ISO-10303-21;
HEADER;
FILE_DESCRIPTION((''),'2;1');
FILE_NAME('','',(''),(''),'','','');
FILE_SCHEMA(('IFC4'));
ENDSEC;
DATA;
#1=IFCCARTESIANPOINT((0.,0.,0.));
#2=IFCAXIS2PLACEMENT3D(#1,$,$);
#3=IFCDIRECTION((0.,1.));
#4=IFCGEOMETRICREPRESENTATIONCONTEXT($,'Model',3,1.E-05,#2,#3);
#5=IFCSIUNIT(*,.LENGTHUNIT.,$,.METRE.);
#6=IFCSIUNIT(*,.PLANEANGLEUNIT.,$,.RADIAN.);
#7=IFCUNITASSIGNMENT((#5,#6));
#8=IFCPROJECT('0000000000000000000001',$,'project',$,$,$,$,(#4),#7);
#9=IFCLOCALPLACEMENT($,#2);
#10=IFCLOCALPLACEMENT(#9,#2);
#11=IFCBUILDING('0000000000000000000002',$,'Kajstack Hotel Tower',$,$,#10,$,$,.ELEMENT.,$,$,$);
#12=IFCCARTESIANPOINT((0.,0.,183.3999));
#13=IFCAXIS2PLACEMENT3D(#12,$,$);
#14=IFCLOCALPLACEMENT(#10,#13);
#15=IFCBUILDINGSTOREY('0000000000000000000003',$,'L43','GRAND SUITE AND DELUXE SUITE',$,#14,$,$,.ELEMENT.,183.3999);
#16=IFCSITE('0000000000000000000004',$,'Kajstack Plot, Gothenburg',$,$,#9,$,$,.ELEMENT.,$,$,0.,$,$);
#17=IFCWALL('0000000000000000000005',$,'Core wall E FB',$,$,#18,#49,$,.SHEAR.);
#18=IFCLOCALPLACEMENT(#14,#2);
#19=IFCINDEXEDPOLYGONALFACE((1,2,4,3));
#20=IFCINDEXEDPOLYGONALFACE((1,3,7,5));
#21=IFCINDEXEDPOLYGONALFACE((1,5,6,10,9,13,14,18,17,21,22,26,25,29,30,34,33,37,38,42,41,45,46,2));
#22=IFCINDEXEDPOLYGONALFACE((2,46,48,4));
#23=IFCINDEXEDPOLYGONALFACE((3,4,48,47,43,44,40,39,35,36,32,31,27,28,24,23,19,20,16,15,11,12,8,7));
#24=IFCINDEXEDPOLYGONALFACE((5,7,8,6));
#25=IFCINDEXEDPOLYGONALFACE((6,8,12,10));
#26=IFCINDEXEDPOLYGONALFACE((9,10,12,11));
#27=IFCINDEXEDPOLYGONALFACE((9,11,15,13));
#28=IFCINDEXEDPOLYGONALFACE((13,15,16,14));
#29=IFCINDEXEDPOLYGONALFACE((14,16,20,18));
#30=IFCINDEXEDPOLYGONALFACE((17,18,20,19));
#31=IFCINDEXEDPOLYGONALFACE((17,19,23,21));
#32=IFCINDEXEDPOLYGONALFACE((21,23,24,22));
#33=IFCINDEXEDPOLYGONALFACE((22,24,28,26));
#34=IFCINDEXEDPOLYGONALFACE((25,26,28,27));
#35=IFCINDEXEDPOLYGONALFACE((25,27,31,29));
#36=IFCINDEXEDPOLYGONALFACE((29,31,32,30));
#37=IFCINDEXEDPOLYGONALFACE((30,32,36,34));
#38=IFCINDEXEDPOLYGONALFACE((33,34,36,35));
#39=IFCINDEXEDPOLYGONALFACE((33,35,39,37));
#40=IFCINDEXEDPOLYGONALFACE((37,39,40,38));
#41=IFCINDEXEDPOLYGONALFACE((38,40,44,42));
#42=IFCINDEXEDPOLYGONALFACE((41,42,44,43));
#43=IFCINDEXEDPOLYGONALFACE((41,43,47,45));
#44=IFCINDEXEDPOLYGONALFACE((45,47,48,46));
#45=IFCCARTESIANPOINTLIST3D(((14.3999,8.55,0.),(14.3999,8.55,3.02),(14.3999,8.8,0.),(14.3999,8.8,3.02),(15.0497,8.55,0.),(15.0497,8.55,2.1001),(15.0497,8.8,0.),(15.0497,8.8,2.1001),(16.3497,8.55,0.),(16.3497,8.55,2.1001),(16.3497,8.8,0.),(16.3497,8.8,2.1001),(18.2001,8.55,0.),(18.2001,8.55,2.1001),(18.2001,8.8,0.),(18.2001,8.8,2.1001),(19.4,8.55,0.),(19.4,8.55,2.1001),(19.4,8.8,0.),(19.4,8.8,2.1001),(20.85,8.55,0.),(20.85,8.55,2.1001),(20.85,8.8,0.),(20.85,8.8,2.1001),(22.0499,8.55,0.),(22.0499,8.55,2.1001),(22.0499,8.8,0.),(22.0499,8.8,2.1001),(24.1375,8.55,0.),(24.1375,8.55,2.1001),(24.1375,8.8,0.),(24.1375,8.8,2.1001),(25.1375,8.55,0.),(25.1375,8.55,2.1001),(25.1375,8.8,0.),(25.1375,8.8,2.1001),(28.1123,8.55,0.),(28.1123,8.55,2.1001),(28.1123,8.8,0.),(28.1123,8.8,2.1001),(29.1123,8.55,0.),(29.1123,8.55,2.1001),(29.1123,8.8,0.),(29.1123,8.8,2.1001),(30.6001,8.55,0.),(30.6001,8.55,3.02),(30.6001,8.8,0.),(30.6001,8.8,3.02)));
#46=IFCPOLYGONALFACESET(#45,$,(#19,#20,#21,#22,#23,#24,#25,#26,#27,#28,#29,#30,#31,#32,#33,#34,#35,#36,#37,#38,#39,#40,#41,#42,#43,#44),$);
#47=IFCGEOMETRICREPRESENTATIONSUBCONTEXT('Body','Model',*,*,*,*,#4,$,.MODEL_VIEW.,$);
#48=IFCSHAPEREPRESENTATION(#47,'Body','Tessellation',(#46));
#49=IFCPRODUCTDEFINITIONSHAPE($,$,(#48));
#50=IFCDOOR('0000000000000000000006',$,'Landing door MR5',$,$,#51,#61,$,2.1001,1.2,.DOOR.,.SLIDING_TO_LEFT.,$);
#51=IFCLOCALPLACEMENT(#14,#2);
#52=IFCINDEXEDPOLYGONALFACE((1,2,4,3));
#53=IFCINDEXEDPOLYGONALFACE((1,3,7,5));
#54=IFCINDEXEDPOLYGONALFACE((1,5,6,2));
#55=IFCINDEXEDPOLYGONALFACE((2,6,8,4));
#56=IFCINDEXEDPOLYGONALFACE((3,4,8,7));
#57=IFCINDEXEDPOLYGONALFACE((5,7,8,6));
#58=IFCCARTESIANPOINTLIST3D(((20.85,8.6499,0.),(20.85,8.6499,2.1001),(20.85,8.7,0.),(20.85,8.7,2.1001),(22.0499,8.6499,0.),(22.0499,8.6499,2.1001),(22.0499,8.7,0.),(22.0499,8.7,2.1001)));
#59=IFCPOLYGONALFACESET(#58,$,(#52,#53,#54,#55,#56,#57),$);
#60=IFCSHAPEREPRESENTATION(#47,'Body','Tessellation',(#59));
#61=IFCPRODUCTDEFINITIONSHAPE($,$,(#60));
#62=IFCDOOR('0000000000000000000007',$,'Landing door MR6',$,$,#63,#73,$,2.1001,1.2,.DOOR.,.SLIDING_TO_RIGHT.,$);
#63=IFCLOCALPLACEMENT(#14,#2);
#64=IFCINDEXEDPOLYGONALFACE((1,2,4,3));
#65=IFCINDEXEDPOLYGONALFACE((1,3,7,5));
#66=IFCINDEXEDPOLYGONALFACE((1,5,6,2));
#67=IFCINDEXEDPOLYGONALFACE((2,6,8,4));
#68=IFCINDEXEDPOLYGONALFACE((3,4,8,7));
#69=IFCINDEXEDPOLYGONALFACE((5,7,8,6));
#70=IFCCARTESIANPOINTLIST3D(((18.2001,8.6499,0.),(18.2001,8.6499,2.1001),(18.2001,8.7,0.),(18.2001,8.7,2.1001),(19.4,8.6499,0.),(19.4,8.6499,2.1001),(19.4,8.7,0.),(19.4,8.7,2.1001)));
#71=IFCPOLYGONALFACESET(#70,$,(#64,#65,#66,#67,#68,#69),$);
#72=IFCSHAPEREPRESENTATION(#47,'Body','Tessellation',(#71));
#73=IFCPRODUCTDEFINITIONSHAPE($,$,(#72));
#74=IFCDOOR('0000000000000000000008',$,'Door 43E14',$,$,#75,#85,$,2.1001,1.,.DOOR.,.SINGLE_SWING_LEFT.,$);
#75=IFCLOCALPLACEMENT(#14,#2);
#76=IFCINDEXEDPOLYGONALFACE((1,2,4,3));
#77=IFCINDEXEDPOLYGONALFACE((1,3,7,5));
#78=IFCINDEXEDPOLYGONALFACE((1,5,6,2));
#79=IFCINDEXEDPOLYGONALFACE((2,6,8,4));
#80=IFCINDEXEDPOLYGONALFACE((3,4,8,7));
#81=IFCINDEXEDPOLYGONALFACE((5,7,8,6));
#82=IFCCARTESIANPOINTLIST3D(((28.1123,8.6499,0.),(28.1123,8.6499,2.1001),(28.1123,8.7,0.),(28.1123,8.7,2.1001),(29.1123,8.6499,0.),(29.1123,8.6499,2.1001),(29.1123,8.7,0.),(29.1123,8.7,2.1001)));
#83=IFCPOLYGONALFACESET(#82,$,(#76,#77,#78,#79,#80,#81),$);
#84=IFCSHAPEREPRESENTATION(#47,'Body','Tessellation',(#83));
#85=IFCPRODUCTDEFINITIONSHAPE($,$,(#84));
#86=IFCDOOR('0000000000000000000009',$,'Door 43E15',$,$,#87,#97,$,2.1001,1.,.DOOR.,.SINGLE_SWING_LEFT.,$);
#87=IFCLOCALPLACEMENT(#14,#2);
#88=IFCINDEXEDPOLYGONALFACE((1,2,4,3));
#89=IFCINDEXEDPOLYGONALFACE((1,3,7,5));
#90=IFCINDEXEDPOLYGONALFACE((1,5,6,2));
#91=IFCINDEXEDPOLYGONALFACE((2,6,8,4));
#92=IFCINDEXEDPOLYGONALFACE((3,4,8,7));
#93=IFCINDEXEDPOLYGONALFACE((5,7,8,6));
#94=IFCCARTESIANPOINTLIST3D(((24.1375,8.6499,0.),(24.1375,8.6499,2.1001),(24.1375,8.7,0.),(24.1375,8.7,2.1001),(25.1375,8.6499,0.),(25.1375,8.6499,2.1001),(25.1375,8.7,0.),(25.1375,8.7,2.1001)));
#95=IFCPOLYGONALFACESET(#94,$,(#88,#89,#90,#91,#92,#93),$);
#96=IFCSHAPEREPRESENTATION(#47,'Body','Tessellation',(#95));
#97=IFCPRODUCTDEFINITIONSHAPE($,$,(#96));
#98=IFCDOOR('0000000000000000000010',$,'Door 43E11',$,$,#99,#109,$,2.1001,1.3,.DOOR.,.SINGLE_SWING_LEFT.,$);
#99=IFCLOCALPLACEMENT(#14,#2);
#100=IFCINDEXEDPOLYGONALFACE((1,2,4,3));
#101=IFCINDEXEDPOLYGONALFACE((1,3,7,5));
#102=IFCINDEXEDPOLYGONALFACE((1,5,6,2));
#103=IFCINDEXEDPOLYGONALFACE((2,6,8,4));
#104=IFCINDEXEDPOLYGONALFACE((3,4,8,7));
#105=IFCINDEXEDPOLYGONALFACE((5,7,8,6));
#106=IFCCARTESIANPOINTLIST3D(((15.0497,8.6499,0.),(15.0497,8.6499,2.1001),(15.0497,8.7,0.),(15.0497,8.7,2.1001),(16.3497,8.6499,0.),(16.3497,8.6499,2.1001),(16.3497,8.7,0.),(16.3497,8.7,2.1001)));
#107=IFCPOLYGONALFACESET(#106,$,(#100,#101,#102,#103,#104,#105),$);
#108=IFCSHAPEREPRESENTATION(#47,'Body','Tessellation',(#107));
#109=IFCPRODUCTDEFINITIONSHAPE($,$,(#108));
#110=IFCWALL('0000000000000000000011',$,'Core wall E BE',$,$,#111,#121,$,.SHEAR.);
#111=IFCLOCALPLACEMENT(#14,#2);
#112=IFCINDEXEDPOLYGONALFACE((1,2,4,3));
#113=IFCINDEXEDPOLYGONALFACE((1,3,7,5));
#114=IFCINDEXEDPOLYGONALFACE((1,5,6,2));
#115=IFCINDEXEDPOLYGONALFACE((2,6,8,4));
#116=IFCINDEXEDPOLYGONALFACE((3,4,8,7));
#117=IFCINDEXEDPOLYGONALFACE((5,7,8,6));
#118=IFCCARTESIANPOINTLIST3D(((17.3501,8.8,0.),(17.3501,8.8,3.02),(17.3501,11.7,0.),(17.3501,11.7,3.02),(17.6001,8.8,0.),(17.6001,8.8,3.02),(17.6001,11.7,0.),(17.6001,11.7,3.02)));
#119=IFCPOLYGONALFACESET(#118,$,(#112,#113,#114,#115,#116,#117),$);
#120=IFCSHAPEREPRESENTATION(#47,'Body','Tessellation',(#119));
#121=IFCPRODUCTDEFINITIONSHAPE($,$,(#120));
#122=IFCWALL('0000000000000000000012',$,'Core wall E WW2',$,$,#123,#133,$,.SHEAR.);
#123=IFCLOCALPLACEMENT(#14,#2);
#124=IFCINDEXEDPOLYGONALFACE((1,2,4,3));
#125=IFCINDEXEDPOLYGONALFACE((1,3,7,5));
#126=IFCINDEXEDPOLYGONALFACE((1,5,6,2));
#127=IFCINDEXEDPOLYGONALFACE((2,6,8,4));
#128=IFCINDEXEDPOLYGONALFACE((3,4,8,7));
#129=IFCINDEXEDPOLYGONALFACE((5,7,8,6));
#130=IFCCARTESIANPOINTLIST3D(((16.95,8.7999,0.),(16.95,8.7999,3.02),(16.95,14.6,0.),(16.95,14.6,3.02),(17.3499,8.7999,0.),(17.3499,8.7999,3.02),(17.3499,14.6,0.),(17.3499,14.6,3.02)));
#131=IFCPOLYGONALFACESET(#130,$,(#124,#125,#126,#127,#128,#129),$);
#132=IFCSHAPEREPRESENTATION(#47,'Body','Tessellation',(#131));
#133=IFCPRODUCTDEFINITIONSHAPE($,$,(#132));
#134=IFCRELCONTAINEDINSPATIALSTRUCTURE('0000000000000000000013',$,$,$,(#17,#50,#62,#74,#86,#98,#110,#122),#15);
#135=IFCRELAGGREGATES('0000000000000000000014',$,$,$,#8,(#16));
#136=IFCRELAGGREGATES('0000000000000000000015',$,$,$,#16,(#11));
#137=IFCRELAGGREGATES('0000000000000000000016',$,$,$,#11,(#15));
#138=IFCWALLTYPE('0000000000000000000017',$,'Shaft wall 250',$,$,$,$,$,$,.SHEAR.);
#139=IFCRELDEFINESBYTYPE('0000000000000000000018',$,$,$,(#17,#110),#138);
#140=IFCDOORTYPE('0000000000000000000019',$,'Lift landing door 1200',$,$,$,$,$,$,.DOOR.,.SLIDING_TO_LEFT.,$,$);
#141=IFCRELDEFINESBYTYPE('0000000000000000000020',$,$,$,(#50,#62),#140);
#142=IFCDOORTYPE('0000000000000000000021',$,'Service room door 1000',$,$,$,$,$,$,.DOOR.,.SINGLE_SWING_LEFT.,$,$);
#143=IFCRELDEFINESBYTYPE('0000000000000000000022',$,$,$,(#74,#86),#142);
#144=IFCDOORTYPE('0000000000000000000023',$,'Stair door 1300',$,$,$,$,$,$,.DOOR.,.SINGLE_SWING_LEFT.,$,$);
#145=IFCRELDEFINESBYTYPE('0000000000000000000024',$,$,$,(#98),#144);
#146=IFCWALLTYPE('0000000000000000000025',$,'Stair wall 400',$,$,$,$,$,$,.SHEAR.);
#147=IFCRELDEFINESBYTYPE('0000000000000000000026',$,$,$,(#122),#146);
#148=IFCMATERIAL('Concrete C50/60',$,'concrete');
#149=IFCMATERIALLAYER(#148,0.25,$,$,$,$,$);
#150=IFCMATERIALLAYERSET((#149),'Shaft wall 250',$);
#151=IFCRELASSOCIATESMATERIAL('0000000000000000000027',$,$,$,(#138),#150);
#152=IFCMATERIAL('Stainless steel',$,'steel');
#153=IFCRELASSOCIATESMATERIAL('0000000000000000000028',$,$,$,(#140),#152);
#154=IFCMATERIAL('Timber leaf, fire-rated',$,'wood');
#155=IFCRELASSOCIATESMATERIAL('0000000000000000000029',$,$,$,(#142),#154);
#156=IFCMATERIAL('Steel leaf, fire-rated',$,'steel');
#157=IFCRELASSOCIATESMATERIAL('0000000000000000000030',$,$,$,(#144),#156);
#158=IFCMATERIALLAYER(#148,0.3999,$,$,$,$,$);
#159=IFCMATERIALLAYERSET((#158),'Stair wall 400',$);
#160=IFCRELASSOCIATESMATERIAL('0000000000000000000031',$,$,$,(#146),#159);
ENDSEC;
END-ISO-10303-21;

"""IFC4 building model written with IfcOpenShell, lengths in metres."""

from ifc_helpers import new_model, si_unit, direction, frame, frame_2d, origin, place, context, subcontext, project, spatial, rectangle, extrude, material, layer, layer_set, type_object, element, fill, save


model = new_model("IFC4")

# Units and contexts
model_context = context("Model", 3, precision=1e-05, world=origin(), true_north=direction((0.0, 1.0)))
body_context = subcontext(model_context, "Body", "Model", "MODEL_VIEW")
ifc_project = project(units=[si_unit("LENGTHUNIT", "METRE"), si_unit("PLANEANGLEUNIT", "RADIAN")], contexts=[model_context])

# Site, building, storey
site_placement = place(None, origin())
site = spatial("IfcSite", under=ifc_project, at=site_placement, Name="Kajstack Plot, Gothenburg", CompositionType="ELEMENT", RefElevation=0.0)
building_placement = place(site_placement, origin())
building = spatial("IfcBuilding", under=site, at=building_placement, Name="Kajstack Hotel Tower", CompositionType="ELEMENT")
storey_placement = place(building_placement, frame((0.0, 0.0, 183.3999)))
storey = spatial("IfcBuildingStorey", under=building, at=storey_placement, Name="L43", Description="GRAND SUITE AND DELUXE SUITE", CompositionType="ELEMENT", Elevation=183.3999)

# Wall, openings, doors
ifc_material_1 = material(Name="Concrete C50/60", Category="concrete")
ifc_layer_1 = layer(ifc_material_1, 0.25)
ifc_layer_set_1 = layer_set([ifc_layer_1], Name="Shaft wall 250")
wall_type_1 = type_object("IfcWallType", Name="Shaft wall 250", PredefinedType="SHEAR", material=ifc_layer_set_1)
ifc_material_2 = material(Name="Stainless steel", Category="steel")
door_type_1 = type_object("IfcDoorType", Name="Lift landing door 1200", OperationType="SLIDING_TO_LEFT", PredefinedType="DOOR", material=ifc_material_2)
wall_1_placement = place(storey_placement, frame((14.3999, 8.675, 0.0), z_axis=(0.0, 0.0, 1.0), x_axis=(1.0, 0.0, 0.0)))
wall_1 = element("IfcWall", 1, at=wall_1_placement, inside=storey, type_object=wall_type_1, Name="Core wall E FB", PredefinedType="SHEAR", context=body_context, shape_type="SweptSolid", body=[
    extrude(rectangle(XDim=16.2002, YDim=0.25, at=frame_2d((8.1001, 0.0))), origin(), (0.0, 0.0, 1.0), 3.02),
])
opening_1_placement = place(wall_1_placement, frame((6.45, 0.0, 0.0)))
opening_1 = element("IfcOpeningElement", 2, at=opening_1_placement, cuts=wall_1, PredefinedType="OPENING", context=body_context, shape_type="SweptSolid", body=[
    extrude(rectangle(XDim=1.2, YDim=2.1001, at=frame_2d((0.6001, 1.05))), frame((0.0, 0.135, 0.0), z_axis=(0.0, -1.0, 0.0), x_axis=(1.0, 0.0, 0.0)), (0.0, 0.0, 1.0), 0.27),
])
opening_2_placement = place(wall_1_placement, frame((3.8, 0.0, 0.0)))
opening_2 = element("IfcOpeningElement", 3, at=opening_2_placement, cuts=wall_1, PredefinedType="OPENING", context=body_context, shape_type="SweptSolid", body=[
    extrude(rectangle(XDim=1.2, YDim=2.1001, at=frame_2d((0.6001, 1.05))), frame((0.0, 0.135, 0.0), z_axis=(0.0, -1.0, 0.0), x_axis=(1.0, 0.0, 0.0)), (0.0, 0.0, 1.0), 0.27),
])
opening_3_placement = place(wall_1_placement, frame((0.6499, 0.0, 0.0)))
opening_3 = element("IfcOpeningElement", 4, at=opening_3_placement, cuts=wall_1, PredefinedType="OPENING", context=body_context, shape_type="SweptSolid", body=[
    extrude(rectangle(XDim=1.3, YDim=2.1001, at=frame_2d((0.6499, 1.05))), frame((0.0, 0.135, 0.0), z_axis=(0.0, -1.0, 0.0), x_axis=(1.0, 0.0, 0.0)), (0.0, 0.0, 1.0), 0.27),
])
opening_4_placement = place(wall_1_placement, frame((13.7124, 0.0, 0.0)))
opening_4 = element("IfcOpeningElement", 5, at=opening_4_placement, cuts=wall_1, PredefinedType="OPENING", context=body_context, shape_type="SweptSolid", body=[
    extrude(rectangle(XDim=1.0, YDim=2.1001, at=frame_2d((0.5, 1.05))), frame((0.0, 0.135, 0.0), z_axis=(0.0, -1.0, 0.0), x_axis=(1.0, 0.0, 0.0)), (0.0, 0.0, 1.0), 0.27),
])
opening_5_placement = place(wall_1_placement, frame((9.7375, 0.0, 0.0)))
opening_5 = element("IfcOpeningElement", 6, at=opening_5_placement, cuts=wall_1, PredefinedType="OPENING", context=body_context, shape_type="SweptSolid", body=[
    extrude(rectangle(XDim=1.0, YDim=2.1001, at=frame_2d((0.5, 1.05))), frame((0.0, 0.135, 0.0), z_axis=(0.0, -1.0, 0.0), x_axis=(1.0, 0.0, 0.0)), (0.0, 0.0, 1.0), 0.27),
])
door_1_placement = place(opening_1_placement, origin())
door_1 = element("IfcDoor", 7, at=door_1_placement, inside=storey, type_object=door_type_1, Name="Landing door MR5", OperationType="SLIDING_TO_LEFT", OverallHeight=2.1001, OverallWidth=1.2, PredefinedType="DOOR", context=body_context, shape_type="SweptSolid", body=[
    extrude(rectangle(XDim=1.2, YDim=2.1001, at=frame_2d((0.6001, 1.05))), frame((0.0, 0.0249, 0.0), z_axis=(0.0, -1.0, 0.0), x_axis=(1.0, 0.0, 0.0)), (0.0, 0.0, 1.0), 0.05),
])
fill(opening_1, door_1)
door_2_placement = place(opening_2_placement, origin())
door_2 = element("IfcDoor", 8, at=door_2_placement, inside=storey, type_object=door_type_1, Name="Landing door MR6", OperationType="SLIDING_TO_RIGHT", OverallHeight=2.1001, OverallWidth=1.2, PredefinedType="DOOR", context=body_context, shape_type="SweptSolid", body=[
    extrude(rectangle(XDim=1.2, YDim=2.1001, at=frame_2d((0.6001, 1.05))), frame((0.0, 0.0249, 0.0), z_axis=(0.0, -1.0, 0.0), x_axis=(1.0, 0.0, 0.0)), (0.0, 0.0, 1.0), 0.05),
])
fill(opening_2, door_2)
ifc_material_3 = material(Name="Timber leaf, fire-rated", Category="wood")
door_type_2 = type_object("IfcDoorType", Name="Service room door 1000", OperationType="SINGLE_SWING_LEFT", PredefinedType="DOOR", material=ifc_material_3)
door_3_placement = place(opening_4_placement, origin())
door_3 = element("IfcDoor", 9, at=door_3_placement, inside=storey, type_object=door_type_2, Name="Door 43E14", OperationType="SINGLE_SWING_LEFT", OverallHeight=2.1001, OverallWidth=1.0, PredefinedType="DOOR", context=body_context, shape_type="SweptSolid", body=[
    extrude(rectangle(XDim=1.0, YDim=2.1001, at=frame_2d((0.5, 1.05))), frame((0.0, 0.0249, 0.0), z_axis=(0.0, -1.0, 0.0), x_axis=(1.0, 0.0, 0.0)), (0.0, 0.0, 1.0), 0.05),
])
fill(opening_4, door_3)
door_4_placement = place(opening_5_placement, origin())
door_4 = element("IfcDoor", 10, at=door_4_placement, inside=storey, type_object=door_type_2, Name="Door 43E15", OperationType="SINGLE_SWING_LEFT", OverallHeight=2.1001, OverallWidth=1.0, PredefinedType="DOOR", context=body_context, shape_type="SweptSolid", body=[
    extrude(rectangle(XDim=1.0, YDim=2.1001, at=frame_2d((0.5, 1.05))), frame((0.0, 0.0249, 0.0), z_axis=(0.0, -1.0, 0.0), x_axis=(1.0, 0.0, 0.0)), (0.0, 0.0, 1.0), 0.05),
])
fill(opening_5, door_4)
ifc_material_4 = material(Name="Steel leaf, fire-rated", Category="steel")
door_type_3 = type_object("IfcDoorType", Name="Stair door 1300", OperationType="SINGLE_SWING_LEFT", PredefinedType="DOOR", material=ifc_material_4)
door_5_placement = place(opening_3_placement, origin())
door_5 = element("IfcDoor", 11, at=door_5_placement, inside=storey, type_object=door_type_3, Name="Door 43E11", OperationType="SINGLE_SWING_LEFT", OverallHeight=2.1001, OverallWidth=1.3, PredefinedType="DOOR", context=body_context, shape_type="SweptSolid", body=[
    extrude(rectangle(XDim=1.3, YDim=2.1001, at=frame_2d((0.6499, 1.05))), frame((0.0, 0.0249, 0.0), z_axis=(0.0, -1.0, 0.0), x_axis=(1.0, 0.0, 0.0)), (0.0, 0.0, 1.0), 0.05),
])
fill(opening_3, door_5)

# Walls
wall_2_placement = place(storey_placement, frame((17.4751, 8.8, 0.0), z_axis=(0.0, 0.0, 1.0), x_axis=(0.0, 1.0, 0.0)))
element("IfcWall", 12, at=wall_2_placement, inside=storey, type_object=wall_type_1, Name="Core wall E BE", PredefinedType="SHEAR", context=body_context, shape_type="SweptSolid", body=[
    extrude(rectangle(XDim=2.8999, YDim=0.25, at=frame_2d((1.45, 0.0))), origin(), (0.0, 0.0, 1.0), 3.02),
])
ifc_layer_2 = layer(ifc_material_1, 0.3999)
ifc_layer_set_2 = layer_set([ifc_layer_2], Name="Stair wall 400")
wall_type_2 = type_object("IfcWallType", Name="Stair wall 400", PredefinedType="SHEAR", material=ifc_layer_set_2)
wall_3_placement = place(storey_placement, frame((17.1499, 8.8, 0.0), z_axis=(0.0, 0.0, 1.0), x_axis=(0.0, 1.0, 0.0)))
element("IfcWall", 13, at=wall_3_placement, inside=storey, type_object=wall_type_2, Name="Core wall E WW2", PredefinedType="SHEAR", context=body_context, shape_type="SweptSolid", body=[
    extrude(rectangle(XDim=5.8, YDim=0.3999, at=frame_2d((2.8999, 0.0))), origin(), (0.0, 0.0, 1.0), 3.02),
])

save(model, "model.ifc")
